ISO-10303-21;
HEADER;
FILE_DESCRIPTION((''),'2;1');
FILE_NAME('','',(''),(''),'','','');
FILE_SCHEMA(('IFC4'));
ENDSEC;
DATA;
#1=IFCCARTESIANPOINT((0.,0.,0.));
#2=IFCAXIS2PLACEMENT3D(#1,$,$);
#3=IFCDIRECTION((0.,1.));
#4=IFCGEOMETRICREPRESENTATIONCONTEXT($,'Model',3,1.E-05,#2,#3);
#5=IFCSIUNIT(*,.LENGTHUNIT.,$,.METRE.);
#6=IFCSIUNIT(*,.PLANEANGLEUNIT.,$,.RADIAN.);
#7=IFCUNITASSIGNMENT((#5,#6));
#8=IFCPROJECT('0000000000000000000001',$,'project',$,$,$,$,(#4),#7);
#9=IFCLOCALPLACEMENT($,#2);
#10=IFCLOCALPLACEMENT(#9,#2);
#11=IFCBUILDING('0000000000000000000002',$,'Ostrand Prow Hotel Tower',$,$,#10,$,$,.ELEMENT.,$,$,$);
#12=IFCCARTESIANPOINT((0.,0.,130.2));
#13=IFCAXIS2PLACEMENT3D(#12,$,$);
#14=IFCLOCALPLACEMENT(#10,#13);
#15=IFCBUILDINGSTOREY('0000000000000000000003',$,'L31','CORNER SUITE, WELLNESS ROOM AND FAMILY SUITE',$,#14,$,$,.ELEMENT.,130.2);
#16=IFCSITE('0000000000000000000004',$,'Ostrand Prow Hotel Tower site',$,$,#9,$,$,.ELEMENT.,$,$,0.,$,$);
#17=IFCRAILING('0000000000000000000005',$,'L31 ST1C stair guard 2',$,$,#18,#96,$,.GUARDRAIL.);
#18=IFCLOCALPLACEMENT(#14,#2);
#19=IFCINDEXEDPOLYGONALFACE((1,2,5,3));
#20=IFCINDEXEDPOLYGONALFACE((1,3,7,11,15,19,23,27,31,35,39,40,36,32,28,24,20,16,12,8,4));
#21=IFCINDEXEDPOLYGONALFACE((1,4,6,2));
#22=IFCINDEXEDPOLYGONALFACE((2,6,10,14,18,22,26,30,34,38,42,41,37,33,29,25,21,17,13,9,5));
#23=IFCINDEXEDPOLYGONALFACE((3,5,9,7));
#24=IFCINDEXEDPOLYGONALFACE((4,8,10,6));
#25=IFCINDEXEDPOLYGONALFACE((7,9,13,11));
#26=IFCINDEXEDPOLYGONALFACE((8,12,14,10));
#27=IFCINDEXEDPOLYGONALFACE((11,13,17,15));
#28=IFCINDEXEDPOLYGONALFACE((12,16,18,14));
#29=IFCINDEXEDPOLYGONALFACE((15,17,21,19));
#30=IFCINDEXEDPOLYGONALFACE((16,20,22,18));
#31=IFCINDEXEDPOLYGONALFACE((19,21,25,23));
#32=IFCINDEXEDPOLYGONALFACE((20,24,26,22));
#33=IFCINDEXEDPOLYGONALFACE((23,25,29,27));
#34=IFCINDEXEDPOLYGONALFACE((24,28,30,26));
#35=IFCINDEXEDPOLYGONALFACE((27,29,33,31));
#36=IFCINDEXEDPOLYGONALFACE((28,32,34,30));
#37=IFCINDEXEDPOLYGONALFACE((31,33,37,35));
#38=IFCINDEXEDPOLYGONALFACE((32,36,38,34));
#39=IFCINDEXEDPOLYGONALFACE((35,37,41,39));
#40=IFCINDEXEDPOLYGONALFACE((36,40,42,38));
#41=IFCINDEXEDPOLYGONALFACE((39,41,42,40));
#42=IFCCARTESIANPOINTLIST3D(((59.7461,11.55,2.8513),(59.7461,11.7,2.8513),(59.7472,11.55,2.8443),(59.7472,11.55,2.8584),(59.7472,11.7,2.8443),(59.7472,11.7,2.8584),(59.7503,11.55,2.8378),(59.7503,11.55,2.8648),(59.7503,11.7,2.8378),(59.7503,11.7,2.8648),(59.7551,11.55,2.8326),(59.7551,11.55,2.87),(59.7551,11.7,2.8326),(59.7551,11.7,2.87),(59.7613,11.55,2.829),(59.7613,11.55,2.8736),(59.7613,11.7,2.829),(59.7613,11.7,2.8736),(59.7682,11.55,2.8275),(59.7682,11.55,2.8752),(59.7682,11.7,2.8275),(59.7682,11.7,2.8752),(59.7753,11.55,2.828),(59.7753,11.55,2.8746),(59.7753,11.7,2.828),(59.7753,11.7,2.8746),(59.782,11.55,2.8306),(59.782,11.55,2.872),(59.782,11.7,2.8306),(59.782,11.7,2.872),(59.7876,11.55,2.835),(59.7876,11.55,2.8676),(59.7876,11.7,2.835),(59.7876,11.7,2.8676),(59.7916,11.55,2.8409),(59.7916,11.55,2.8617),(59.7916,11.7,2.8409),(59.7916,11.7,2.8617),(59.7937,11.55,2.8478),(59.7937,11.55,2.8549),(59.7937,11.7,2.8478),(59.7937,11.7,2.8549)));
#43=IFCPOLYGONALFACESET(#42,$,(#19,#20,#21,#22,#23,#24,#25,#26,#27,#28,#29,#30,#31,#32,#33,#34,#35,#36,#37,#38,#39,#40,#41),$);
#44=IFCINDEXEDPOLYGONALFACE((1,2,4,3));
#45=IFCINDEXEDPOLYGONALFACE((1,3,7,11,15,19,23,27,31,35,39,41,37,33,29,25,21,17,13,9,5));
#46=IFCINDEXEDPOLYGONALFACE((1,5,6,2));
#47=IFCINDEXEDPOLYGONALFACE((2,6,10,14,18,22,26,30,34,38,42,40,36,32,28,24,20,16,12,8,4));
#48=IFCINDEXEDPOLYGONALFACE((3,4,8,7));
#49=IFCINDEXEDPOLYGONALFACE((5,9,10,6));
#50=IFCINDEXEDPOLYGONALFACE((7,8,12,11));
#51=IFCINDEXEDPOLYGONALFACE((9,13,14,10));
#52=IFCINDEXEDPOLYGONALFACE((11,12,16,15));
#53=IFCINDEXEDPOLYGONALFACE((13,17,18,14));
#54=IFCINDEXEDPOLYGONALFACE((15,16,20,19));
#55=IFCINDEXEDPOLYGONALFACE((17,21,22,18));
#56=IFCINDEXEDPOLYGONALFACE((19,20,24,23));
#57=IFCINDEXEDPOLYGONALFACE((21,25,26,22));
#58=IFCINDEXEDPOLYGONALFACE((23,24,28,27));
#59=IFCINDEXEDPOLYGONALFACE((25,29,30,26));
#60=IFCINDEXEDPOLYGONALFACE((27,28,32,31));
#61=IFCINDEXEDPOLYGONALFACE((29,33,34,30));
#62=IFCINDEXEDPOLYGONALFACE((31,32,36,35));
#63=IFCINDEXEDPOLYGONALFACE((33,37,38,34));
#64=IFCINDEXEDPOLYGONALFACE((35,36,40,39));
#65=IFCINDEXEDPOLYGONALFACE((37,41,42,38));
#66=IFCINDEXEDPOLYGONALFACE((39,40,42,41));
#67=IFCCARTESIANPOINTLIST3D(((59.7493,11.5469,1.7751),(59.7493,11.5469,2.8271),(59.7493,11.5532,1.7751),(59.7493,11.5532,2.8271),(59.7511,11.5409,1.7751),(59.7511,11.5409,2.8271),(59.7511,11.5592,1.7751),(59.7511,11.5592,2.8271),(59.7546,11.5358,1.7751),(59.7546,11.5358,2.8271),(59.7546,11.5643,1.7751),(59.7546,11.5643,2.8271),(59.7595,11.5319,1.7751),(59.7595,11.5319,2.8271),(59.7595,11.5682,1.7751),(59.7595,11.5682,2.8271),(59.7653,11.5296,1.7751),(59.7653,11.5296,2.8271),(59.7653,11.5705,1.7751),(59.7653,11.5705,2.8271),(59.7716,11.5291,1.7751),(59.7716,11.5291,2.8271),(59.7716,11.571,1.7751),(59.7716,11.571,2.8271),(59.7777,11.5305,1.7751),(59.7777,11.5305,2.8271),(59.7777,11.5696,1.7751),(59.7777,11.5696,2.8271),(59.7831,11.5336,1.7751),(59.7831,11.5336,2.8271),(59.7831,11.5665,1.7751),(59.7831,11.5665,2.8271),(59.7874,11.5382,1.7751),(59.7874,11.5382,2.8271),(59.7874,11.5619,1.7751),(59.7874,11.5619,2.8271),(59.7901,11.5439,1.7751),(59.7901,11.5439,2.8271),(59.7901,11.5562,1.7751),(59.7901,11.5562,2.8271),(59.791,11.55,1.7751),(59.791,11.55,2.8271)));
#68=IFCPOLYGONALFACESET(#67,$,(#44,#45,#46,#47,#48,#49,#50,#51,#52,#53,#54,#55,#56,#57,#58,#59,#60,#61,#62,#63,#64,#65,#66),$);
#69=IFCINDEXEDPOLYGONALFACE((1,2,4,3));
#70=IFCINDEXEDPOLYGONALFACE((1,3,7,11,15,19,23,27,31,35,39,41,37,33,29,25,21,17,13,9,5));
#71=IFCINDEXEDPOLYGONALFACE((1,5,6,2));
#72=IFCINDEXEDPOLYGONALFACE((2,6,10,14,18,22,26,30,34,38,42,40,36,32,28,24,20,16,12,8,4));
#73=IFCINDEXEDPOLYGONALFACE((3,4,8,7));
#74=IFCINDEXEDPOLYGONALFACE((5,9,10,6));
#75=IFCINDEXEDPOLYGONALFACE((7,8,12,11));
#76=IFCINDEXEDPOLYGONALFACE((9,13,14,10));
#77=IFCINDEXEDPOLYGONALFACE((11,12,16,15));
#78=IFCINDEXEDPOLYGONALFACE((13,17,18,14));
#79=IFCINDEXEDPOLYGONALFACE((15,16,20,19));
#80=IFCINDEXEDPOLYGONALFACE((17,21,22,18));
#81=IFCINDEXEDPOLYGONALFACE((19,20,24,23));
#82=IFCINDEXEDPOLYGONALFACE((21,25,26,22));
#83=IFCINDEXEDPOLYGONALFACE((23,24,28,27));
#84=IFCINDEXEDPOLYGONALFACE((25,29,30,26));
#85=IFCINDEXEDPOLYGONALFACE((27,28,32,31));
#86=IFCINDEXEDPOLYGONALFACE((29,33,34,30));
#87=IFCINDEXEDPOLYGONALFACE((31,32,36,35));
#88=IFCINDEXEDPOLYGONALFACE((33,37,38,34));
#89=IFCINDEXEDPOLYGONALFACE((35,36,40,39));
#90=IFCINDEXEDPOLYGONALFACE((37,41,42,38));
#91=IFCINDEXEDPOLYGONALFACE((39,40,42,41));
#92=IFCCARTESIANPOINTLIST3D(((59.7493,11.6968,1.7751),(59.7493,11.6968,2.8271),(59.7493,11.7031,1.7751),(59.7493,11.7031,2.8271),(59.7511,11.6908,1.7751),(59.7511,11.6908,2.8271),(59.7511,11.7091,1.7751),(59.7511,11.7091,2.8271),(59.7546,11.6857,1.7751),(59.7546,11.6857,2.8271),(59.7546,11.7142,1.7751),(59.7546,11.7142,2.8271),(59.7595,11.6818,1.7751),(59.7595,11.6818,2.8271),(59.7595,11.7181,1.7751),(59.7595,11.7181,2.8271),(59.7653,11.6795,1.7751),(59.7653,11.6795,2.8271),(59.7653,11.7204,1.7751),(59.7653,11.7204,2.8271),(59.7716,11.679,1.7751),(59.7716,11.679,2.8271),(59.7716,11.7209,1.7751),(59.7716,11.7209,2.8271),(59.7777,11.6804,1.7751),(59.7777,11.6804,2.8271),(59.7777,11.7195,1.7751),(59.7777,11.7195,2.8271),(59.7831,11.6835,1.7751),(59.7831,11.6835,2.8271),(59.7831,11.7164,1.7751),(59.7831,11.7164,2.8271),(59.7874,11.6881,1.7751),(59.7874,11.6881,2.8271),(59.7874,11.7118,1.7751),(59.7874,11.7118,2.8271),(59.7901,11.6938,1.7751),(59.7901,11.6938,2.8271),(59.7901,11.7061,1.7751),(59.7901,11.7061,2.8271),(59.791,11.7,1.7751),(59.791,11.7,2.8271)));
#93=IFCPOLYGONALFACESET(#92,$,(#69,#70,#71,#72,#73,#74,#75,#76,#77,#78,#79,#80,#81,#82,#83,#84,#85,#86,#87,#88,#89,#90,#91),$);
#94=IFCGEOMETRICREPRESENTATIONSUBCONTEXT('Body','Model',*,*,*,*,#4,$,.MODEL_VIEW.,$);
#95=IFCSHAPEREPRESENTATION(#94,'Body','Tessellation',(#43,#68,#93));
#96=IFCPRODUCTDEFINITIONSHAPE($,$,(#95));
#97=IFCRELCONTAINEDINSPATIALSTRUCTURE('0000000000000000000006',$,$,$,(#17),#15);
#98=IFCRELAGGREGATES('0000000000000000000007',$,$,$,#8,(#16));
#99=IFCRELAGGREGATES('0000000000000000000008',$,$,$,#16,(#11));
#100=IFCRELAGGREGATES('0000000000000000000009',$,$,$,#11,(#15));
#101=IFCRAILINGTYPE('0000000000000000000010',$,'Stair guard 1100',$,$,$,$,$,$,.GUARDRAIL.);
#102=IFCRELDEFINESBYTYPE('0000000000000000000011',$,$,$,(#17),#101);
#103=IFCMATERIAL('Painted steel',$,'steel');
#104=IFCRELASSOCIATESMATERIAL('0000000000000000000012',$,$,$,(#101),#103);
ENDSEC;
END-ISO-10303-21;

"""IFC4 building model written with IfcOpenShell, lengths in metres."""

from ifc_helpers import new_model, si_unit, direction, frame, origin, origin_2d, place, context, subcontext, project, spatial, circle, extrude, material, type_object, element, save


model = new_model("IFC4")

# Units and contexts
model_context = context("Model", 3, precision=1e-05, world=origin(), true_north=direction((0.0, 1.0)))
body_context = subcontext(model_context, "Body", "Model", "MODEL_VIEW")
ifc_project = project(units=[si_unit("LENGTHUNIT", "METRE"), si_unit("PLANEANGLEUNIT", "RADIAN")], contexts=[model_context])

# Site, building, storey
site_placement = place(None, origin())
site = spatial("IfcSite", under=ifc_project, at=site_placement, Name="Ostrand Prow Hotel Tower site", CompositionType="ELEMENT", RefElevation=0.0)
building_placement = place(site_placement, origin())
building = spatial("IfcBuilding", under=site, at=building_placement, Name="Ostrand Prow Hotel Tower", CompositionType="ELEMENT")
storey_placement = place(building_placement, frame((0.0, 0.0, 130.2)))
storey = spatial("IfcBuildingStorey", under=building, at=storey_placement, Name="L31", Description="CORNER SUITE, WELLNESS ROOM AND FAMILY SUITE", CompositionType="ELEMENT", Elevation=130.2)

# Railing
ifc_material_1 = material(Name="Painted steel", Category="steel")
railing_type_1 = type_object("IfcRailingType", Name="Stair guard 1100", PredefinedType="GUARDRAIL", material=ifc_material_1)
railing_1_placement = place(storey_placement, frame((59.77, 11.55, 1.7751)))
element("IfcRailing", 1, at=railing_1_placement, inside=storey, type_object=railing_type_1, Name="L31 ST1C stair guard 2", PredefinedType="GUARDRAIL", context=body_context, shape_type="SweptSolid", body=[
    extrude(circle(Radius=0.0239, at=origin_2d()), frame((0.0, 0.0, 1.0762), z_axis=(0.0, 1.0, 0.0), x_axis=(-1.0, 0.0, 0.0)), (0.0, 0.0, 1.0), 0.1499),
    extrude(circle(Radius=0.021, at=origin_2d()), origin(), (0.0, 0.0, 1.0), 1.052),
    extrude(circle(Radius=0.021, at=origin_2d()), frame((0.0, 0.1499, 0.0)), (0.0, 0.0, 1.0), 1.052),
])

save(model, "model.ifc")
